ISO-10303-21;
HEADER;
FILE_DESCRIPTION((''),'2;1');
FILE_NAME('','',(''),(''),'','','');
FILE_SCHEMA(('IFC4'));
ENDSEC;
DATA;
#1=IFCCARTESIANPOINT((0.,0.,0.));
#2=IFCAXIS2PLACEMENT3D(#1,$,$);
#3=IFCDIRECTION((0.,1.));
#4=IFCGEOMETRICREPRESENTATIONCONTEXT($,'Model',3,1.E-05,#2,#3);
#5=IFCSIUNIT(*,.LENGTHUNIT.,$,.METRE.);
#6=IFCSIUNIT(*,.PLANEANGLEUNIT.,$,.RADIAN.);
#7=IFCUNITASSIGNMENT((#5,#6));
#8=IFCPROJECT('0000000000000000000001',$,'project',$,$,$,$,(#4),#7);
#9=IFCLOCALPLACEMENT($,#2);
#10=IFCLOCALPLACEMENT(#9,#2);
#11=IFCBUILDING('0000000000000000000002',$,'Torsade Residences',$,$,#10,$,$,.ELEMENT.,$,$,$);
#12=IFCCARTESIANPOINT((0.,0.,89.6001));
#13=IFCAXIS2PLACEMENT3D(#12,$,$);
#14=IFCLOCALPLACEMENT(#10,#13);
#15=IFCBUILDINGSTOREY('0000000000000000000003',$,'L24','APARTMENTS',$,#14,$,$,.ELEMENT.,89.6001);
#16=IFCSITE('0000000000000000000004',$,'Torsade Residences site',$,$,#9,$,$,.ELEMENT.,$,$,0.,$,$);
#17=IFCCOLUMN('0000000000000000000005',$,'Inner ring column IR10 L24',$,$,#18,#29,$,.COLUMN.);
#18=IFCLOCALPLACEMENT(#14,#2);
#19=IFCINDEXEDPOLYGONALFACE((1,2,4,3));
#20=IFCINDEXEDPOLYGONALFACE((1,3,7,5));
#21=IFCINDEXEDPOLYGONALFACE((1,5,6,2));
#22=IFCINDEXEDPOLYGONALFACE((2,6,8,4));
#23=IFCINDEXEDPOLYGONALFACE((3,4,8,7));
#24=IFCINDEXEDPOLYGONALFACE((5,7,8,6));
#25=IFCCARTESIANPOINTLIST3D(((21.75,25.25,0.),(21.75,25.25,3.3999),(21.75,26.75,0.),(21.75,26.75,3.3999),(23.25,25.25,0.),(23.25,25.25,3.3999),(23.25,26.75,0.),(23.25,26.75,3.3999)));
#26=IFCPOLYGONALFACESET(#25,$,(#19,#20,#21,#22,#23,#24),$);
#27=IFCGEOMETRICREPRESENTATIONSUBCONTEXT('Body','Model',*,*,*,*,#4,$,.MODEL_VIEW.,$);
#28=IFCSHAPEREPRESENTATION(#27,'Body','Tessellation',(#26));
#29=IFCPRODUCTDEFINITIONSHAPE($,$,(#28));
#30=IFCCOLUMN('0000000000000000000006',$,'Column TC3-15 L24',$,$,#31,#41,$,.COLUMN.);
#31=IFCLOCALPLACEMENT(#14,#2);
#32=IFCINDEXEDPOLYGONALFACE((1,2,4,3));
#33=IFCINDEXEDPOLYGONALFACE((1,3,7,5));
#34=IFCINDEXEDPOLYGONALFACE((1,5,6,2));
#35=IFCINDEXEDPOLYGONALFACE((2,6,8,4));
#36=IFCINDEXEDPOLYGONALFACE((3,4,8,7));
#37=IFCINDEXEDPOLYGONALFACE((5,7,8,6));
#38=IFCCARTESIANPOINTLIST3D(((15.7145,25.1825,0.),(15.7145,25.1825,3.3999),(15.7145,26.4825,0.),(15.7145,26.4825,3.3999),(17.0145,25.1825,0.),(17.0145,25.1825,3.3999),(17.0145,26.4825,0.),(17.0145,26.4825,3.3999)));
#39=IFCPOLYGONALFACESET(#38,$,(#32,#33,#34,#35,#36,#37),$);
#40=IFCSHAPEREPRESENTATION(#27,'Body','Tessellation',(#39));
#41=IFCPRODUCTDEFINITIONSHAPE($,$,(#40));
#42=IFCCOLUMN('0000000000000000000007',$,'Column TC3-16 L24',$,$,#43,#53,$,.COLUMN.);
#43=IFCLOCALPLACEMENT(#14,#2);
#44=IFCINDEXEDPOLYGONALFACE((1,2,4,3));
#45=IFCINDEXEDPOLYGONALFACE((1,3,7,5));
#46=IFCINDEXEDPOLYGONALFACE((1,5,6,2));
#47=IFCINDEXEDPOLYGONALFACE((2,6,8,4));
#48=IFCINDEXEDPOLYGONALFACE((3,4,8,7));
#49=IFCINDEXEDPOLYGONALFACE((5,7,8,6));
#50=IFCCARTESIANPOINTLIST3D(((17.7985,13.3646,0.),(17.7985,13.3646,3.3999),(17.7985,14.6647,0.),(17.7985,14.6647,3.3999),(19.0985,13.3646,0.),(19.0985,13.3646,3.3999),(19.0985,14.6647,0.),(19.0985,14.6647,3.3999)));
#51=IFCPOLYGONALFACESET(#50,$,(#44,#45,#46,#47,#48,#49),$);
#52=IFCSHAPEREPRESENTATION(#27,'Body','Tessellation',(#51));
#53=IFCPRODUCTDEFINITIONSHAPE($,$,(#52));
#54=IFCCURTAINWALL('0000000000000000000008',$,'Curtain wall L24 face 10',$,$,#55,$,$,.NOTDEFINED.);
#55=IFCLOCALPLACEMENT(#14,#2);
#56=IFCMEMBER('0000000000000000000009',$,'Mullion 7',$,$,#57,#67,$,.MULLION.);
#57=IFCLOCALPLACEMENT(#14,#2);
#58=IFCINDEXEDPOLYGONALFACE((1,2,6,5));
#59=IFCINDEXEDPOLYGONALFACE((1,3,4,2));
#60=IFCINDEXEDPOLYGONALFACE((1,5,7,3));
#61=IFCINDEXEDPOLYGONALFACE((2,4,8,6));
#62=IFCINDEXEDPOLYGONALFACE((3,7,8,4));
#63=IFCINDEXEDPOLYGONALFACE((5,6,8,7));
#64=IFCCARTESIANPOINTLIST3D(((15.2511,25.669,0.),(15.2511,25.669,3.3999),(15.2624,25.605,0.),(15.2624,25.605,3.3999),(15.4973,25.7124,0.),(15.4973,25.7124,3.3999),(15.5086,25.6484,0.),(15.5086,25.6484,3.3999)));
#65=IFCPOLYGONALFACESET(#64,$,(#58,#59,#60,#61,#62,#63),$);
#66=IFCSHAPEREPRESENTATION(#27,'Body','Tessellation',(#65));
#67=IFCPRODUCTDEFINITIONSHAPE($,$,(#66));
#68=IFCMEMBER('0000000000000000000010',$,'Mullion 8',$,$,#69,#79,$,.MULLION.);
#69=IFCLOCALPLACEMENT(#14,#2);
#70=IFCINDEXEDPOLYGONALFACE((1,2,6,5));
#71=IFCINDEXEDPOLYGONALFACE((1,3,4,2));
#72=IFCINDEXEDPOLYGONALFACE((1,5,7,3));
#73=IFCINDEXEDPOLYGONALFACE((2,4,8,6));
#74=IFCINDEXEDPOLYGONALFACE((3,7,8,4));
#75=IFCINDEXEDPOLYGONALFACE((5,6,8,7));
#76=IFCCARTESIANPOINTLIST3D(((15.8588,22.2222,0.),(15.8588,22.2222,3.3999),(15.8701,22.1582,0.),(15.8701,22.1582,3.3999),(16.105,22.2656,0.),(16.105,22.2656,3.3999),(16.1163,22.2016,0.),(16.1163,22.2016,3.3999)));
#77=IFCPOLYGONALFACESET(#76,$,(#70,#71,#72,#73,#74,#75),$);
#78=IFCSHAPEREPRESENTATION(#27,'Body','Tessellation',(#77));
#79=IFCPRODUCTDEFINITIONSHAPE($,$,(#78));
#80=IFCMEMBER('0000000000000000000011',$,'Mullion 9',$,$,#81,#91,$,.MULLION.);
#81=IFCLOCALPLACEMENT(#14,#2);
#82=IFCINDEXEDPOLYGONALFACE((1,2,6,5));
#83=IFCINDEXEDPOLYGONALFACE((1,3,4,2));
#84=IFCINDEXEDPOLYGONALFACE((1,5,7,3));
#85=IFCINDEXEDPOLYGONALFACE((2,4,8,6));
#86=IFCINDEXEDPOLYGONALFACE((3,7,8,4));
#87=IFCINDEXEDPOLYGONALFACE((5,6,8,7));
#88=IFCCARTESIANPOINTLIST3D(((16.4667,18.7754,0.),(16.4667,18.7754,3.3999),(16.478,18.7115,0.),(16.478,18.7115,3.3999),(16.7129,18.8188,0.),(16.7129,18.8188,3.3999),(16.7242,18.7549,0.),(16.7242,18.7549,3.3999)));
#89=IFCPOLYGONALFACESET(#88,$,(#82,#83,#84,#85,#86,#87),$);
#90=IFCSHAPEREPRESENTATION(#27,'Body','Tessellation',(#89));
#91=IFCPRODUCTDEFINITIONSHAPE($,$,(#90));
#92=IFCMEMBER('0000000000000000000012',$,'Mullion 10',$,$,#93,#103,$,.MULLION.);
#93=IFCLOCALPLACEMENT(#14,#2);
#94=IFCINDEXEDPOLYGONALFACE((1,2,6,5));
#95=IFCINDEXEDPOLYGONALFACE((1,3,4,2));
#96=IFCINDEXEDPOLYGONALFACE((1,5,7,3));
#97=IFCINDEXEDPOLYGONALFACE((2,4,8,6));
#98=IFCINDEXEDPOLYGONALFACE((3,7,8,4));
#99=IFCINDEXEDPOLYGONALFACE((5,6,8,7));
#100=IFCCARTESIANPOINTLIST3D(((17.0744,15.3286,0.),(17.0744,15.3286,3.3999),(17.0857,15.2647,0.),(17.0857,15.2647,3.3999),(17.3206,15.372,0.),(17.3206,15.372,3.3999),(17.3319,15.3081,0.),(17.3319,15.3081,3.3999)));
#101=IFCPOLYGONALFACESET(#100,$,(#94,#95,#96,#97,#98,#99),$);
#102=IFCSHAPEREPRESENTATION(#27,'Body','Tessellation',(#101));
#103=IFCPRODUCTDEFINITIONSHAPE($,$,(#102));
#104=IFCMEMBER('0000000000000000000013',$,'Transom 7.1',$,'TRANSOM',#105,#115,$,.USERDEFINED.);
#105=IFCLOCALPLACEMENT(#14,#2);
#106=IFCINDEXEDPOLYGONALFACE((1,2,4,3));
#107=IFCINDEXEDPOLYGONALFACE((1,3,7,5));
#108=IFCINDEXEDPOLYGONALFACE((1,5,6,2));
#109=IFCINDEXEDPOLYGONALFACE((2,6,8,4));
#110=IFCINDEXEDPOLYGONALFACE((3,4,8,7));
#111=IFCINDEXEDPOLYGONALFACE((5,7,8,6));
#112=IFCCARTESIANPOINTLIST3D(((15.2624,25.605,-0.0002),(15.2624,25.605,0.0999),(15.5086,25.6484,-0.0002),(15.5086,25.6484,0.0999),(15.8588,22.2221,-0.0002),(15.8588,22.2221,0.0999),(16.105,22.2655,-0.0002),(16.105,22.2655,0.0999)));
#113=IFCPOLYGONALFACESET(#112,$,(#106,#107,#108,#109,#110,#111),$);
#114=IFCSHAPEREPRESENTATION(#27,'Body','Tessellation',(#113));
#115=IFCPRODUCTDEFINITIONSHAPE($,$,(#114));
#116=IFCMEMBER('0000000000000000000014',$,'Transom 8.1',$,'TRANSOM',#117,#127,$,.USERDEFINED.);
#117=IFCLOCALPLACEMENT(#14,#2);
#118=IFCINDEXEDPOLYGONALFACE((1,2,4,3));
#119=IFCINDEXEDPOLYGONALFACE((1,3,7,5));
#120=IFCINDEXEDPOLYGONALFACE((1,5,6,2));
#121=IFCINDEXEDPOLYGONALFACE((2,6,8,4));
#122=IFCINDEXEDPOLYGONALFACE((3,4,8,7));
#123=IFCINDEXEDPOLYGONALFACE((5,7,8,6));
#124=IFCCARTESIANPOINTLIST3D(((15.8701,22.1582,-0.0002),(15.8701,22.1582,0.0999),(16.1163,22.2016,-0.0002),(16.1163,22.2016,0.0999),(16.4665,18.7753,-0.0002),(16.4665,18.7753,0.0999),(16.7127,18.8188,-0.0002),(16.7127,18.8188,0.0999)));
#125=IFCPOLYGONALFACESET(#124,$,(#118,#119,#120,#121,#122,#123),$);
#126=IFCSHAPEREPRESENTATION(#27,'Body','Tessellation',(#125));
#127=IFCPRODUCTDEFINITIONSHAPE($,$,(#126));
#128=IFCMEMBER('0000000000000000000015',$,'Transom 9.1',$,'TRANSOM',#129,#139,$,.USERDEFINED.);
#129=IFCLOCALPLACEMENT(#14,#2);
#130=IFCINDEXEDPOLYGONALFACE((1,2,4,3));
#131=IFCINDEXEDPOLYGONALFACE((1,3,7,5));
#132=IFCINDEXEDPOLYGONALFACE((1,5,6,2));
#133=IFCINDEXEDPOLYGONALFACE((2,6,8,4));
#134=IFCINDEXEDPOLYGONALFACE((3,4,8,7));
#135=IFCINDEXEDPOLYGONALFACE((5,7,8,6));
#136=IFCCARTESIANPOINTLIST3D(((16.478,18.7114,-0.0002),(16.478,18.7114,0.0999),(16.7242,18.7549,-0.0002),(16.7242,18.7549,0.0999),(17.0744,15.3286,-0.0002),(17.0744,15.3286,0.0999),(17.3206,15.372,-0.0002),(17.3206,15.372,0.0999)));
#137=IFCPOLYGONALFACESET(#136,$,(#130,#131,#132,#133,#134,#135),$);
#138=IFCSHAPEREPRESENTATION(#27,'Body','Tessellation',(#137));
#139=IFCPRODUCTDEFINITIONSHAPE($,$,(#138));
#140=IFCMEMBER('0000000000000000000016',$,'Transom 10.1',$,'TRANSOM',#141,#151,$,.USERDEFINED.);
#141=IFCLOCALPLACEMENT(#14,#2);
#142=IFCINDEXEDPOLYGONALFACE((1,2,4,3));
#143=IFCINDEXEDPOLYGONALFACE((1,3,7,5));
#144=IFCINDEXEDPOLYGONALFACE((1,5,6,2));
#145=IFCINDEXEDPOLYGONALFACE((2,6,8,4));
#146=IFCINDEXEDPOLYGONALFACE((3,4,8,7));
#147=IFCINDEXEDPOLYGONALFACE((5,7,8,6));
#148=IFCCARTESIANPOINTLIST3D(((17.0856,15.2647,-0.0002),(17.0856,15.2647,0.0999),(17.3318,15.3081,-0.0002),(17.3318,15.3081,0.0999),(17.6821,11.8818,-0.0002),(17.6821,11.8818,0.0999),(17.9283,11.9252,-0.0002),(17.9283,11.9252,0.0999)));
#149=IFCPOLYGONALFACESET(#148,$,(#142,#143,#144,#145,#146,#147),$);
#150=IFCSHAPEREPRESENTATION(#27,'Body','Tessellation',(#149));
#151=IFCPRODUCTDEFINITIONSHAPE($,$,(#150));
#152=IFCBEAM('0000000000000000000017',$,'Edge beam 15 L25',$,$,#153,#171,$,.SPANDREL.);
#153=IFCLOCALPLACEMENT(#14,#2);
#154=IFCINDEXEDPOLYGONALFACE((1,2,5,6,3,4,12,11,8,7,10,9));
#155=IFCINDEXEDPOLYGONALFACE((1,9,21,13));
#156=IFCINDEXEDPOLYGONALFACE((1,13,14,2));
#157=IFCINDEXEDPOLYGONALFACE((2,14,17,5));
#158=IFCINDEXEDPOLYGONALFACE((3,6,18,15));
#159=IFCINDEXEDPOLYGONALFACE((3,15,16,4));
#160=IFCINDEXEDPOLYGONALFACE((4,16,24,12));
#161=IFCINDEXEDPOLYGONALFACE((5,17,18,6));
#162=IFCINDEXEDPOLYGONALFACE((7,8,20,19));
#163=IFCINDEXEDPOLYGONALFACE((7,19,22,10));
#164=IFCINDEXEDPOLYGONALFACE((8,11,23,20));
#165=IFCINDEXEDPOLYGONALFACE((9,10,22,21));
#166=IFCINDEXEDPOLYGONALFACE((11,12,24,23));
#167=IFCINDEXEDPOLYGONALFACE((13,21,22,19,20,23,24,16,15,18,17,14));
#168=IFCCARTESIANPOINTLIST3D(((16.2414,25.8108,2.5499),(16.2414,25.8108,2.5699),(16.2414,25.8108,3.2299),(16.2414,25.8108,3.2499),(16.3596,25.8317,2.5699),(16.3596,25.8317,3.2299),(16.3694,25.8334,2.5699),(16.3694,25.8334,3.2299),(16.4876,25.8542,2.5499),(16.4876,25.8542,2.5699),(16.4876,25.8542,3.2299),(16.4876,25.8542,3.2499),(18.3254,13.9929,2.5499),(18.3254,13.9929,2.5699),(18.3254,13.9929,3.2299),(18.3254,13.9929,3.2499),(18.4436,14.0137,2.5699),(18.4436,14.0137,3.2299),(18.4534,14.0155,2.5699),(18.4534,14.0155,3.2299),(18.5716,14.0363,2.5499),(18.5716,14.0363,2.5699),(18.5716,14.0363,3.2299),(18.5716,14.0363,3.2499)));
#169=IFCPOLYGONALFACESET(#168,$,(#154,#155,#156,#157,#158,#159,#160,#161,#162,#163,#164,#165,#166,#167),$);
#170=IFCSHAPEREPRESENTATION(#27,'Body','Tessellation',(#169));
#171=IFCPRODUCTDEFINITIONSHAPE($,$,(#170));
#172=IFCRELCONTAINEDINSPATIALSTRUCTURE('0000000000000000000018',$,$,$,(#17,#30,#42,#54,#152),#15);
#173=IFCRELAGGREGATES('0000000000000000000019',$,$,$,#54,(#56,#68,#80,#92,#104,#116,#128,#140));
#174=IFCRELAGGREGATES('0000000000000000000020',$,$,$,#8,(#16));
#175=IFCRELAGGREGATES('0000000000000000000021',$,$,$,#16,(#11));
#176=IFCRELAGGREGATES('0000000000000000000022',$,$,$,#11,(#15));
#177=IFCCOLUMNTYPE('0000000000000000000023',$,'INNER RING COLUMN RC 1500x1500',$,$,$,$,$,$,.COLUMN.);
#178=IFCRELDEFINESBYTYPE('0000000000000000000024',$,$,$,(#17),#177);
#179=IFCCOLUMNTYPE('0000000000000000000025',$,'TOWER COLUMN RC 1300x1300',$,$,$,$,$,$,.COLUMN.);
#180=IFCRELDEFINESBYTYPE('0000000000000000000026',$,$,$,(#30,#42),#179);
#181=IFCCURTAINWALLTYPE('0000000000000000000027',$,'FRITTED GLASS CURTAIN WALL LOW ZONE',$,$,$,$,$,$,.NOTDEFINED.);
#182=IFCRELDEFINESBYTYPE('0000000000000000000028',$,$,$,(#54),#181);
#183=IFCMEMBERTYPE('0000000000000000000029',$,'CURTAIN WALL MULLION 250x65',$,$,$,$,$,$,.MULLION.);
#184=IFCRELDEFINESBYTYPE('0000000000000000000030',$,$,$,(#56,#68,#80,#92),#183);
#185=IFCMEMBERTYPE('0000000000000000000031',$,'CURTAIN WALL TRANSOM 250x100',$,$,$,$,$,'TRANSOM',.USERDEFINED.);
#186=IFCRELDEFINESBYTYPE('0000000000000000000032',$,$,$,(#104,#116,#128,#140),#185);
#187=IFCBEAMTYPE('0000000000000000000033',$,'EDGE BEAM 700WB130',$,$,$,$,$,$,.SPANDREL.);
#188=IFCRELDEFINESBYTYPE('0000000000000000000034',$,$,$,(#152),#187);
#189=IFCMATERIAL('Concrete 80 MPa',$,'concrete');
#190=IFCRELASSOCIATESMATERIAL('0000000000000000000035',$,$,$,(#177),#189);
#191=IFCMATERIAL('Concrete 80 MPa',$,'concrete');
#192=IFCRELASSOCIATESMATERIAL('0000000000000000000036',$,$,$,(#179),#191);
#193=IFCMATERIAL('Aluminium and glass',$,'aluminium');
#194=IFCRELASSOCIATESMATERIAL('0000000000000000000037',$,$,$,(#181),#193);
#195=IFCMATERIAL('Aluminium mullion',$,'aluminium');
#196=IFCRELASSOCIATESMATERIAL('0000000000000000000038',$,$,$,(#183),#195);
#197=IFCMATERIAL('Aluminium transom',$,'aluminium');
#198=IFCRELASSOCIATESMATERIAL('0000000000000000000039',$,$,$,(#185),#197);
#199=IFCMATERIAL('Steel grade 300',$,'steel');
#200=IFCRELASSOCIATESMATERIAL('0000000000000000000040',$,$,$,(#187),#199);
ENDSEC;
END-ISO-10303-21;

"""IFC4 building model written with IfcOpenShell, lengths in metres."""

from ifc_helpers import new_model, si_unit, direction, frame, origin, origin_2d, place, context, subcontext, project, spatial, rectangle, i_section, extrude, material, material_profile, profile_set, type_object, element, aggregate, save


model = new_model("IFC4")

# Units and contexts
model_context = context("Model", 3, precision=1e-05, world=origin(), true_north=direction((0.0, 1.0)))
body_context = subcontext(model_context, "Body", "Model", "MODEL_VIEW")
ifc_project = project(units=[si_unit("LENGTHUNIT", "METRE"), si_unit("PLANEANGLEUNIT", "RADIAN")], contexts=[model_context])

# Site, building, storey
site_placement = place(None, origin())
site = spatial("IfcSite", under=ifc_project, at=site_placement, Name="Torsade Residences site", CompositionType="ELEMENT", RefElevation=0.0)
building_placement = place(site_placement, origin())
building = spatial("IfcBuilding", under=site, at=building_placement, Name="Torsade Residences", CompositionType="ELEMENT")
storey_placement = place(building_placement, frame((0.0, 0.0, 89.6001)))
storey = spatial("IfcBuildingStorey", under=building, at=storey_placement, Name="L24", Description="APARTMENTS", CompositionType="ELEMENT", Elevation=89.6001)

# Columns
ifc_material_1 = material(Name="Concrete 80 MPa", Category="concrete")
ifc_material_profile_1 = material_profile(ifc_material_1, rectangle(XDim=1.5, YDim=1.5, at=origin_2d()), Name="RC 1500x1500")
ifc_profile_set_1 = profile_set([ifc_material_profile_1], Name="Concrete 80 MPa")
column_type_1 = type_object("IfcColumnType", Name="INNER RING COLUMN RC 1500x1500", PredefinedType="COLUMN", material=ifc_profile_set_1)
column_placement = place(storey_placement, frame((22.5, 26.0, 0.0), z_axis=(0.0, 0.0, 1.0), x_axis=(1.0, 0.0, 0.0)))
element("IfcColumn", 1, at=column_placement, inside=storey, type_object=column_type_1, Name="Inner ring column IR10 L24", PredefinedType="COLUMN", context=body_context, shape_type="SweptSolid", body=[
    extrude(rectangle(XDim=1.5, YDim=1.5, at=origin_2d()), origin(), (0.0, 0.0, 1.0), 3.3999),
])
ifc_material_2 = material(Name="Concrete 80 MPa", Category="concrete")
ifc_material_profile_2 = material_profile(ifc_material_2, rectangle(XDim=1.3, YDim=1.3, at=origin_2d()), Name="RC 1300x1300")
ifc_profile_set_2 = profile_set([ifc_material_profile_2], Name="Concrete 80 MPa")
column_type_2 = type_object("IfcColumnType", Name="TOWER COLUMN RC 1300x1300", PredefinedType="COLUMN", material=ifc_profile_set_2)
for number, where, z_axis, x_axis, name in (
    (2, (16.3645, 25.8325, 0.0), (0.0, 0.0, 1.0), (1.0, 0.0, 0.0), "Column TC3-15 L24"),
    (3, (18.4485, 14.0146, 0.0), (0.0, 0.0, 1.0), (1.0, 0.0, 0.0), "Column TC3-16 L24"),
):
    element("IfcColumn", number, at=place(storey_placement, frame(where, z_axis=z_axis, x_axis=x_axis)), inside=storey, type_object=column_type_2, Name=name, PredefinedType="COLUMN", context=body_context, shape_type="SweptSolid", body=[
        extrude(rectangle(XDim=1.3, YDim=1.3, at=origin_2d()), origin(), (0.0, 0.0, 1.0), 3.3999),
    ])

# Curtain wall, members
ifc_material_3 = material(Name="Aluminium and glass", Category="aluminium")
curtain_wall_type = type_object("IfcCurtainWallType", Name="FRITTED GLASS CURTAIN WALL LOW ZONE", PredefinedType="NOTDEFINED", material=ifc_material_3)
curtain_wall_placement = place(storey_placement, origin())
curtain_wall = element("IfcCurtainWall", 4, at=curtain_wall_placement, inside=storey, type_object=curtain_wall_type, Name="Curtain wall L24 face 10", PredefinedType="NOTDEFINED")
ifc_material_4 = material(Name="Aluminium mullion", Category="aluminium")
ifc_material_profile_3 = material_profile(ifc_material_4, rectangle(XDim=0.25, YDim=0.0649, at=origin_2d()), Name="CURTAIN WALL MULLION 250x65")
ifc_profile_set_3 = profile_set([ifc_material_profile_3], Name="Aluminium mullion")
member_type_1 = type_object("IfcMemberType", Name="CURTAIN WALL MULLION 250x65", PredefinedType="MULLION", material=ifc_profile_set_3)
member_1_placement = place(storey_placement, frame((15.3799, 25.6587, 0.0), z_axis=(0.0, 0.0, 1.0), x_axis=(0.984808, 0.173648, 0.0)))
member_1 = element("IfcMember", 5, at=member_1_placement, type_object=member_type_1, Name="Mullion 7", PredefinedType="MULLION", context=body_context, shape_type="SweptSolid", body=[
    extrude(rectangle(XDim=0.25, YDim=0.0649, at=origin_2d()), origin(), (0.0, 0.0, 1.0), 3.3999),
])
member_2_placement = place(storey_placement, frame((15.9875, 22.2119, 0.0), z_axis=(0.0, 0.0, 1.0), x_axis=(0.984808, 0.173648, 0.0)))
member_2 = element("IfcMember", 6, at=member_2_placement, type_object=member_type_1, Name="Mullion 8", PredefinedType="MULLION", context=body_context, shape_type="SweptSolid", body=[
    extrude(rectangle(XDim=0.25, YDim=0.0649, at=origin_2d()), origin(), (0.0, 0.0, 1.0), 3.3999),
])
member_3_placement = place(storey_placement, frame((16.5955, 18.7651, 0.0), z_axis=(0.0, 0.0, 1.0), x_axis=(0.984808, 0.173648, 0.0)))
member_3 = element("IfcMember", 7, at=member_3_placement, type_object=member_type_1, Name="Mullion 9", PredefinedType="MULLION", context=body_context, shape_type="SweptSolid", body=[
    extrude(rectangle(XDim=0.25, YDim=0.0649, at=origin_2d()), origin(), (0.0, 0.0, 1.0), 3.3999),
])
member_4_placement = place(storey_placement, frame((17.2031, 15.3184, 0.0), z_axis=(0.0, 0.0, 1.0), x_axis=(0.984808, 0.173648, 0.0)))
member_4 = element("IfcMember", 8, at=member_4_placement, type_object=member_type_1, Name="Mullion 10", PredefinedType="MULLION", context=body_context, shape_type="SweptSolid", body=[
    extrude(rectangle(XDim=0.25, YDim=0.0649, at=origin_2d()), origin(), (0.0, 0.0, 1.0), 3.3999),
])
ifc_material_5 = material(Name="Aluminium transom", Category="aluminium")
ifc_material_profile_4 = material_profile(ifc_material_5, rectangle(XDim=0.25, YDim=0.1001, at=origin_2d()), Name="CURTAIN WALL TRANSOM 250x100")
ifc_profile_set_4 = profile_set([ifc_material_profile_4], Name="Aluminium transom")
member_type_2 = type_object("IfcMemberType", Name="CURTAIN WALL TRANSOM 250x100", ElementType="TRANSOM", PredefinedType="USERDEFINED", material=ifc_profile_set_4)
member_5_placement = place(storey_placement, frame((15.3855, 25.6267, 0.0498), z_axis=(0.173635, -0.98481, 0.0), x_axis=(0.98481, 0.173635, 0.0)))
member_5 = element("IfcMember", 9, at=member_5_placement, type_object=member_type_2, Name="Transom 7.1", ObjectType="TRANSOM", PredefinedType="USERDEFINED", context=body_context, shape_type="SweptSolid", body=[
    extrude(rectangle(XDim=0.25, YDim=0.1001, at=origin_2d()), origin(), (0.0, 0.0, 1.0), 3.4351),
])
member_6_placement = place(storey_placement, frame((15.9932, 22.1799, 0.0498), z_axis=(0.173635, -0.98481, 0.0), x_axis=(0.98481, 0.173635, 0.0)))
member_6 = element("IfcMember", 10, at=member_6_placement, type_object=member_type_2, Name="Transom 8.1", ObjectType="TRANSOM", PredefinedType="USERDEFINED", context=body_context, shape_type="SweptSolid", body=[
    extrude(rectangle(XDim=0.25, YDim=0.1001, at=origin_2d()), origin(), (0.0, 0.0, 1.0), 3.4351),
])
member_7_placement = place(storey_placement, frame((16.6011, 18.7332, 0.0498), z_axis=(0.173635, -0.98481, 0.0), x_axis=(0.98481, 0.173635, 0.0)))
member_7 = element("IfcMember", 11, at=member_7_placement, type_object=member_type_2, Name="Transom 9.1", ObjectType="TRANSOM", PredefinedType="USERDEFINED", context=body_context, shape_type="SweptSolid", body=[
    extrude(rectangle(XDim=0.25, YDim=0.1001, at=origin_2d()), origin(), (0.0, 0.0, 1.0), 3.4351),
])
member_8_placement = place(storey_placement, frame((17.2087, 15.2864, 0.0498), z_axis=(0.173635, -0.98481, 0.0), x_axis=(0.98481, 0.173635, 0.0)))
member_8 = element("IfcMember", 12, at=member_8_placement, type_object=member_type_2, Name="Transom 10.1", ObjectType="TRANSOM", PredefinedType="USERDEFINED", context=body_context, shape_type="SweptSolid", body=[
    extrude(rectangle(XDim=0.25, YDim=0.1001, at=origin_2d()), origin(), (0.0, 0.0, 1.0), 3.4351),
])

# Beam
ifc_material_6 = material(Name="Steel grade 300", Category="steel")
ifc_material_profile_5 = material_profile(ifc_material_6, i_section(OverallWidth=0.25, OverallDepth=0.7, WebThickness=0.01, FlangeThickness=0.02, at=origin_2d()), Name="700WB130")
ifc_profile_set_5 = profile_set([ifc_material_profile_5], Name="Steel grade 300")
beam_type_1 = type_object("IfcBeamType", Name="EDGE BEAM 700WB130", PredefinedType="SPANDREL", material=ifc_profile_set_5)
beam_1_placement = place(storey_placement, frame((16.3645, 25.8325, 2.8999), z_axis=(0.173662, -0.984805, 0.0), x_axis=(0.984805, 0.173662, 0.0)))
element("IfcBeam", 13, at=beam_1_placement, inside=storey, type_object=beam_type_1, Name="Edge beam 15 L25", PredefinedType="SPANDREL", context=body_context, shape_type="SweptSolid", body=[
    extrude(i_section(OverallWidth=0.25, OverallDepth=0.7, WebThickness=0.01, FlangeThickness=0.02, at=origin_2d()), origin(), (0.0, 0.0, 1.0), 12.0002),
])

aggregate(curtain_wall, [member_1, member_2, member_3, member_4, member_5, member_6, member_7, member_8])

save(model, "model.ifc")
